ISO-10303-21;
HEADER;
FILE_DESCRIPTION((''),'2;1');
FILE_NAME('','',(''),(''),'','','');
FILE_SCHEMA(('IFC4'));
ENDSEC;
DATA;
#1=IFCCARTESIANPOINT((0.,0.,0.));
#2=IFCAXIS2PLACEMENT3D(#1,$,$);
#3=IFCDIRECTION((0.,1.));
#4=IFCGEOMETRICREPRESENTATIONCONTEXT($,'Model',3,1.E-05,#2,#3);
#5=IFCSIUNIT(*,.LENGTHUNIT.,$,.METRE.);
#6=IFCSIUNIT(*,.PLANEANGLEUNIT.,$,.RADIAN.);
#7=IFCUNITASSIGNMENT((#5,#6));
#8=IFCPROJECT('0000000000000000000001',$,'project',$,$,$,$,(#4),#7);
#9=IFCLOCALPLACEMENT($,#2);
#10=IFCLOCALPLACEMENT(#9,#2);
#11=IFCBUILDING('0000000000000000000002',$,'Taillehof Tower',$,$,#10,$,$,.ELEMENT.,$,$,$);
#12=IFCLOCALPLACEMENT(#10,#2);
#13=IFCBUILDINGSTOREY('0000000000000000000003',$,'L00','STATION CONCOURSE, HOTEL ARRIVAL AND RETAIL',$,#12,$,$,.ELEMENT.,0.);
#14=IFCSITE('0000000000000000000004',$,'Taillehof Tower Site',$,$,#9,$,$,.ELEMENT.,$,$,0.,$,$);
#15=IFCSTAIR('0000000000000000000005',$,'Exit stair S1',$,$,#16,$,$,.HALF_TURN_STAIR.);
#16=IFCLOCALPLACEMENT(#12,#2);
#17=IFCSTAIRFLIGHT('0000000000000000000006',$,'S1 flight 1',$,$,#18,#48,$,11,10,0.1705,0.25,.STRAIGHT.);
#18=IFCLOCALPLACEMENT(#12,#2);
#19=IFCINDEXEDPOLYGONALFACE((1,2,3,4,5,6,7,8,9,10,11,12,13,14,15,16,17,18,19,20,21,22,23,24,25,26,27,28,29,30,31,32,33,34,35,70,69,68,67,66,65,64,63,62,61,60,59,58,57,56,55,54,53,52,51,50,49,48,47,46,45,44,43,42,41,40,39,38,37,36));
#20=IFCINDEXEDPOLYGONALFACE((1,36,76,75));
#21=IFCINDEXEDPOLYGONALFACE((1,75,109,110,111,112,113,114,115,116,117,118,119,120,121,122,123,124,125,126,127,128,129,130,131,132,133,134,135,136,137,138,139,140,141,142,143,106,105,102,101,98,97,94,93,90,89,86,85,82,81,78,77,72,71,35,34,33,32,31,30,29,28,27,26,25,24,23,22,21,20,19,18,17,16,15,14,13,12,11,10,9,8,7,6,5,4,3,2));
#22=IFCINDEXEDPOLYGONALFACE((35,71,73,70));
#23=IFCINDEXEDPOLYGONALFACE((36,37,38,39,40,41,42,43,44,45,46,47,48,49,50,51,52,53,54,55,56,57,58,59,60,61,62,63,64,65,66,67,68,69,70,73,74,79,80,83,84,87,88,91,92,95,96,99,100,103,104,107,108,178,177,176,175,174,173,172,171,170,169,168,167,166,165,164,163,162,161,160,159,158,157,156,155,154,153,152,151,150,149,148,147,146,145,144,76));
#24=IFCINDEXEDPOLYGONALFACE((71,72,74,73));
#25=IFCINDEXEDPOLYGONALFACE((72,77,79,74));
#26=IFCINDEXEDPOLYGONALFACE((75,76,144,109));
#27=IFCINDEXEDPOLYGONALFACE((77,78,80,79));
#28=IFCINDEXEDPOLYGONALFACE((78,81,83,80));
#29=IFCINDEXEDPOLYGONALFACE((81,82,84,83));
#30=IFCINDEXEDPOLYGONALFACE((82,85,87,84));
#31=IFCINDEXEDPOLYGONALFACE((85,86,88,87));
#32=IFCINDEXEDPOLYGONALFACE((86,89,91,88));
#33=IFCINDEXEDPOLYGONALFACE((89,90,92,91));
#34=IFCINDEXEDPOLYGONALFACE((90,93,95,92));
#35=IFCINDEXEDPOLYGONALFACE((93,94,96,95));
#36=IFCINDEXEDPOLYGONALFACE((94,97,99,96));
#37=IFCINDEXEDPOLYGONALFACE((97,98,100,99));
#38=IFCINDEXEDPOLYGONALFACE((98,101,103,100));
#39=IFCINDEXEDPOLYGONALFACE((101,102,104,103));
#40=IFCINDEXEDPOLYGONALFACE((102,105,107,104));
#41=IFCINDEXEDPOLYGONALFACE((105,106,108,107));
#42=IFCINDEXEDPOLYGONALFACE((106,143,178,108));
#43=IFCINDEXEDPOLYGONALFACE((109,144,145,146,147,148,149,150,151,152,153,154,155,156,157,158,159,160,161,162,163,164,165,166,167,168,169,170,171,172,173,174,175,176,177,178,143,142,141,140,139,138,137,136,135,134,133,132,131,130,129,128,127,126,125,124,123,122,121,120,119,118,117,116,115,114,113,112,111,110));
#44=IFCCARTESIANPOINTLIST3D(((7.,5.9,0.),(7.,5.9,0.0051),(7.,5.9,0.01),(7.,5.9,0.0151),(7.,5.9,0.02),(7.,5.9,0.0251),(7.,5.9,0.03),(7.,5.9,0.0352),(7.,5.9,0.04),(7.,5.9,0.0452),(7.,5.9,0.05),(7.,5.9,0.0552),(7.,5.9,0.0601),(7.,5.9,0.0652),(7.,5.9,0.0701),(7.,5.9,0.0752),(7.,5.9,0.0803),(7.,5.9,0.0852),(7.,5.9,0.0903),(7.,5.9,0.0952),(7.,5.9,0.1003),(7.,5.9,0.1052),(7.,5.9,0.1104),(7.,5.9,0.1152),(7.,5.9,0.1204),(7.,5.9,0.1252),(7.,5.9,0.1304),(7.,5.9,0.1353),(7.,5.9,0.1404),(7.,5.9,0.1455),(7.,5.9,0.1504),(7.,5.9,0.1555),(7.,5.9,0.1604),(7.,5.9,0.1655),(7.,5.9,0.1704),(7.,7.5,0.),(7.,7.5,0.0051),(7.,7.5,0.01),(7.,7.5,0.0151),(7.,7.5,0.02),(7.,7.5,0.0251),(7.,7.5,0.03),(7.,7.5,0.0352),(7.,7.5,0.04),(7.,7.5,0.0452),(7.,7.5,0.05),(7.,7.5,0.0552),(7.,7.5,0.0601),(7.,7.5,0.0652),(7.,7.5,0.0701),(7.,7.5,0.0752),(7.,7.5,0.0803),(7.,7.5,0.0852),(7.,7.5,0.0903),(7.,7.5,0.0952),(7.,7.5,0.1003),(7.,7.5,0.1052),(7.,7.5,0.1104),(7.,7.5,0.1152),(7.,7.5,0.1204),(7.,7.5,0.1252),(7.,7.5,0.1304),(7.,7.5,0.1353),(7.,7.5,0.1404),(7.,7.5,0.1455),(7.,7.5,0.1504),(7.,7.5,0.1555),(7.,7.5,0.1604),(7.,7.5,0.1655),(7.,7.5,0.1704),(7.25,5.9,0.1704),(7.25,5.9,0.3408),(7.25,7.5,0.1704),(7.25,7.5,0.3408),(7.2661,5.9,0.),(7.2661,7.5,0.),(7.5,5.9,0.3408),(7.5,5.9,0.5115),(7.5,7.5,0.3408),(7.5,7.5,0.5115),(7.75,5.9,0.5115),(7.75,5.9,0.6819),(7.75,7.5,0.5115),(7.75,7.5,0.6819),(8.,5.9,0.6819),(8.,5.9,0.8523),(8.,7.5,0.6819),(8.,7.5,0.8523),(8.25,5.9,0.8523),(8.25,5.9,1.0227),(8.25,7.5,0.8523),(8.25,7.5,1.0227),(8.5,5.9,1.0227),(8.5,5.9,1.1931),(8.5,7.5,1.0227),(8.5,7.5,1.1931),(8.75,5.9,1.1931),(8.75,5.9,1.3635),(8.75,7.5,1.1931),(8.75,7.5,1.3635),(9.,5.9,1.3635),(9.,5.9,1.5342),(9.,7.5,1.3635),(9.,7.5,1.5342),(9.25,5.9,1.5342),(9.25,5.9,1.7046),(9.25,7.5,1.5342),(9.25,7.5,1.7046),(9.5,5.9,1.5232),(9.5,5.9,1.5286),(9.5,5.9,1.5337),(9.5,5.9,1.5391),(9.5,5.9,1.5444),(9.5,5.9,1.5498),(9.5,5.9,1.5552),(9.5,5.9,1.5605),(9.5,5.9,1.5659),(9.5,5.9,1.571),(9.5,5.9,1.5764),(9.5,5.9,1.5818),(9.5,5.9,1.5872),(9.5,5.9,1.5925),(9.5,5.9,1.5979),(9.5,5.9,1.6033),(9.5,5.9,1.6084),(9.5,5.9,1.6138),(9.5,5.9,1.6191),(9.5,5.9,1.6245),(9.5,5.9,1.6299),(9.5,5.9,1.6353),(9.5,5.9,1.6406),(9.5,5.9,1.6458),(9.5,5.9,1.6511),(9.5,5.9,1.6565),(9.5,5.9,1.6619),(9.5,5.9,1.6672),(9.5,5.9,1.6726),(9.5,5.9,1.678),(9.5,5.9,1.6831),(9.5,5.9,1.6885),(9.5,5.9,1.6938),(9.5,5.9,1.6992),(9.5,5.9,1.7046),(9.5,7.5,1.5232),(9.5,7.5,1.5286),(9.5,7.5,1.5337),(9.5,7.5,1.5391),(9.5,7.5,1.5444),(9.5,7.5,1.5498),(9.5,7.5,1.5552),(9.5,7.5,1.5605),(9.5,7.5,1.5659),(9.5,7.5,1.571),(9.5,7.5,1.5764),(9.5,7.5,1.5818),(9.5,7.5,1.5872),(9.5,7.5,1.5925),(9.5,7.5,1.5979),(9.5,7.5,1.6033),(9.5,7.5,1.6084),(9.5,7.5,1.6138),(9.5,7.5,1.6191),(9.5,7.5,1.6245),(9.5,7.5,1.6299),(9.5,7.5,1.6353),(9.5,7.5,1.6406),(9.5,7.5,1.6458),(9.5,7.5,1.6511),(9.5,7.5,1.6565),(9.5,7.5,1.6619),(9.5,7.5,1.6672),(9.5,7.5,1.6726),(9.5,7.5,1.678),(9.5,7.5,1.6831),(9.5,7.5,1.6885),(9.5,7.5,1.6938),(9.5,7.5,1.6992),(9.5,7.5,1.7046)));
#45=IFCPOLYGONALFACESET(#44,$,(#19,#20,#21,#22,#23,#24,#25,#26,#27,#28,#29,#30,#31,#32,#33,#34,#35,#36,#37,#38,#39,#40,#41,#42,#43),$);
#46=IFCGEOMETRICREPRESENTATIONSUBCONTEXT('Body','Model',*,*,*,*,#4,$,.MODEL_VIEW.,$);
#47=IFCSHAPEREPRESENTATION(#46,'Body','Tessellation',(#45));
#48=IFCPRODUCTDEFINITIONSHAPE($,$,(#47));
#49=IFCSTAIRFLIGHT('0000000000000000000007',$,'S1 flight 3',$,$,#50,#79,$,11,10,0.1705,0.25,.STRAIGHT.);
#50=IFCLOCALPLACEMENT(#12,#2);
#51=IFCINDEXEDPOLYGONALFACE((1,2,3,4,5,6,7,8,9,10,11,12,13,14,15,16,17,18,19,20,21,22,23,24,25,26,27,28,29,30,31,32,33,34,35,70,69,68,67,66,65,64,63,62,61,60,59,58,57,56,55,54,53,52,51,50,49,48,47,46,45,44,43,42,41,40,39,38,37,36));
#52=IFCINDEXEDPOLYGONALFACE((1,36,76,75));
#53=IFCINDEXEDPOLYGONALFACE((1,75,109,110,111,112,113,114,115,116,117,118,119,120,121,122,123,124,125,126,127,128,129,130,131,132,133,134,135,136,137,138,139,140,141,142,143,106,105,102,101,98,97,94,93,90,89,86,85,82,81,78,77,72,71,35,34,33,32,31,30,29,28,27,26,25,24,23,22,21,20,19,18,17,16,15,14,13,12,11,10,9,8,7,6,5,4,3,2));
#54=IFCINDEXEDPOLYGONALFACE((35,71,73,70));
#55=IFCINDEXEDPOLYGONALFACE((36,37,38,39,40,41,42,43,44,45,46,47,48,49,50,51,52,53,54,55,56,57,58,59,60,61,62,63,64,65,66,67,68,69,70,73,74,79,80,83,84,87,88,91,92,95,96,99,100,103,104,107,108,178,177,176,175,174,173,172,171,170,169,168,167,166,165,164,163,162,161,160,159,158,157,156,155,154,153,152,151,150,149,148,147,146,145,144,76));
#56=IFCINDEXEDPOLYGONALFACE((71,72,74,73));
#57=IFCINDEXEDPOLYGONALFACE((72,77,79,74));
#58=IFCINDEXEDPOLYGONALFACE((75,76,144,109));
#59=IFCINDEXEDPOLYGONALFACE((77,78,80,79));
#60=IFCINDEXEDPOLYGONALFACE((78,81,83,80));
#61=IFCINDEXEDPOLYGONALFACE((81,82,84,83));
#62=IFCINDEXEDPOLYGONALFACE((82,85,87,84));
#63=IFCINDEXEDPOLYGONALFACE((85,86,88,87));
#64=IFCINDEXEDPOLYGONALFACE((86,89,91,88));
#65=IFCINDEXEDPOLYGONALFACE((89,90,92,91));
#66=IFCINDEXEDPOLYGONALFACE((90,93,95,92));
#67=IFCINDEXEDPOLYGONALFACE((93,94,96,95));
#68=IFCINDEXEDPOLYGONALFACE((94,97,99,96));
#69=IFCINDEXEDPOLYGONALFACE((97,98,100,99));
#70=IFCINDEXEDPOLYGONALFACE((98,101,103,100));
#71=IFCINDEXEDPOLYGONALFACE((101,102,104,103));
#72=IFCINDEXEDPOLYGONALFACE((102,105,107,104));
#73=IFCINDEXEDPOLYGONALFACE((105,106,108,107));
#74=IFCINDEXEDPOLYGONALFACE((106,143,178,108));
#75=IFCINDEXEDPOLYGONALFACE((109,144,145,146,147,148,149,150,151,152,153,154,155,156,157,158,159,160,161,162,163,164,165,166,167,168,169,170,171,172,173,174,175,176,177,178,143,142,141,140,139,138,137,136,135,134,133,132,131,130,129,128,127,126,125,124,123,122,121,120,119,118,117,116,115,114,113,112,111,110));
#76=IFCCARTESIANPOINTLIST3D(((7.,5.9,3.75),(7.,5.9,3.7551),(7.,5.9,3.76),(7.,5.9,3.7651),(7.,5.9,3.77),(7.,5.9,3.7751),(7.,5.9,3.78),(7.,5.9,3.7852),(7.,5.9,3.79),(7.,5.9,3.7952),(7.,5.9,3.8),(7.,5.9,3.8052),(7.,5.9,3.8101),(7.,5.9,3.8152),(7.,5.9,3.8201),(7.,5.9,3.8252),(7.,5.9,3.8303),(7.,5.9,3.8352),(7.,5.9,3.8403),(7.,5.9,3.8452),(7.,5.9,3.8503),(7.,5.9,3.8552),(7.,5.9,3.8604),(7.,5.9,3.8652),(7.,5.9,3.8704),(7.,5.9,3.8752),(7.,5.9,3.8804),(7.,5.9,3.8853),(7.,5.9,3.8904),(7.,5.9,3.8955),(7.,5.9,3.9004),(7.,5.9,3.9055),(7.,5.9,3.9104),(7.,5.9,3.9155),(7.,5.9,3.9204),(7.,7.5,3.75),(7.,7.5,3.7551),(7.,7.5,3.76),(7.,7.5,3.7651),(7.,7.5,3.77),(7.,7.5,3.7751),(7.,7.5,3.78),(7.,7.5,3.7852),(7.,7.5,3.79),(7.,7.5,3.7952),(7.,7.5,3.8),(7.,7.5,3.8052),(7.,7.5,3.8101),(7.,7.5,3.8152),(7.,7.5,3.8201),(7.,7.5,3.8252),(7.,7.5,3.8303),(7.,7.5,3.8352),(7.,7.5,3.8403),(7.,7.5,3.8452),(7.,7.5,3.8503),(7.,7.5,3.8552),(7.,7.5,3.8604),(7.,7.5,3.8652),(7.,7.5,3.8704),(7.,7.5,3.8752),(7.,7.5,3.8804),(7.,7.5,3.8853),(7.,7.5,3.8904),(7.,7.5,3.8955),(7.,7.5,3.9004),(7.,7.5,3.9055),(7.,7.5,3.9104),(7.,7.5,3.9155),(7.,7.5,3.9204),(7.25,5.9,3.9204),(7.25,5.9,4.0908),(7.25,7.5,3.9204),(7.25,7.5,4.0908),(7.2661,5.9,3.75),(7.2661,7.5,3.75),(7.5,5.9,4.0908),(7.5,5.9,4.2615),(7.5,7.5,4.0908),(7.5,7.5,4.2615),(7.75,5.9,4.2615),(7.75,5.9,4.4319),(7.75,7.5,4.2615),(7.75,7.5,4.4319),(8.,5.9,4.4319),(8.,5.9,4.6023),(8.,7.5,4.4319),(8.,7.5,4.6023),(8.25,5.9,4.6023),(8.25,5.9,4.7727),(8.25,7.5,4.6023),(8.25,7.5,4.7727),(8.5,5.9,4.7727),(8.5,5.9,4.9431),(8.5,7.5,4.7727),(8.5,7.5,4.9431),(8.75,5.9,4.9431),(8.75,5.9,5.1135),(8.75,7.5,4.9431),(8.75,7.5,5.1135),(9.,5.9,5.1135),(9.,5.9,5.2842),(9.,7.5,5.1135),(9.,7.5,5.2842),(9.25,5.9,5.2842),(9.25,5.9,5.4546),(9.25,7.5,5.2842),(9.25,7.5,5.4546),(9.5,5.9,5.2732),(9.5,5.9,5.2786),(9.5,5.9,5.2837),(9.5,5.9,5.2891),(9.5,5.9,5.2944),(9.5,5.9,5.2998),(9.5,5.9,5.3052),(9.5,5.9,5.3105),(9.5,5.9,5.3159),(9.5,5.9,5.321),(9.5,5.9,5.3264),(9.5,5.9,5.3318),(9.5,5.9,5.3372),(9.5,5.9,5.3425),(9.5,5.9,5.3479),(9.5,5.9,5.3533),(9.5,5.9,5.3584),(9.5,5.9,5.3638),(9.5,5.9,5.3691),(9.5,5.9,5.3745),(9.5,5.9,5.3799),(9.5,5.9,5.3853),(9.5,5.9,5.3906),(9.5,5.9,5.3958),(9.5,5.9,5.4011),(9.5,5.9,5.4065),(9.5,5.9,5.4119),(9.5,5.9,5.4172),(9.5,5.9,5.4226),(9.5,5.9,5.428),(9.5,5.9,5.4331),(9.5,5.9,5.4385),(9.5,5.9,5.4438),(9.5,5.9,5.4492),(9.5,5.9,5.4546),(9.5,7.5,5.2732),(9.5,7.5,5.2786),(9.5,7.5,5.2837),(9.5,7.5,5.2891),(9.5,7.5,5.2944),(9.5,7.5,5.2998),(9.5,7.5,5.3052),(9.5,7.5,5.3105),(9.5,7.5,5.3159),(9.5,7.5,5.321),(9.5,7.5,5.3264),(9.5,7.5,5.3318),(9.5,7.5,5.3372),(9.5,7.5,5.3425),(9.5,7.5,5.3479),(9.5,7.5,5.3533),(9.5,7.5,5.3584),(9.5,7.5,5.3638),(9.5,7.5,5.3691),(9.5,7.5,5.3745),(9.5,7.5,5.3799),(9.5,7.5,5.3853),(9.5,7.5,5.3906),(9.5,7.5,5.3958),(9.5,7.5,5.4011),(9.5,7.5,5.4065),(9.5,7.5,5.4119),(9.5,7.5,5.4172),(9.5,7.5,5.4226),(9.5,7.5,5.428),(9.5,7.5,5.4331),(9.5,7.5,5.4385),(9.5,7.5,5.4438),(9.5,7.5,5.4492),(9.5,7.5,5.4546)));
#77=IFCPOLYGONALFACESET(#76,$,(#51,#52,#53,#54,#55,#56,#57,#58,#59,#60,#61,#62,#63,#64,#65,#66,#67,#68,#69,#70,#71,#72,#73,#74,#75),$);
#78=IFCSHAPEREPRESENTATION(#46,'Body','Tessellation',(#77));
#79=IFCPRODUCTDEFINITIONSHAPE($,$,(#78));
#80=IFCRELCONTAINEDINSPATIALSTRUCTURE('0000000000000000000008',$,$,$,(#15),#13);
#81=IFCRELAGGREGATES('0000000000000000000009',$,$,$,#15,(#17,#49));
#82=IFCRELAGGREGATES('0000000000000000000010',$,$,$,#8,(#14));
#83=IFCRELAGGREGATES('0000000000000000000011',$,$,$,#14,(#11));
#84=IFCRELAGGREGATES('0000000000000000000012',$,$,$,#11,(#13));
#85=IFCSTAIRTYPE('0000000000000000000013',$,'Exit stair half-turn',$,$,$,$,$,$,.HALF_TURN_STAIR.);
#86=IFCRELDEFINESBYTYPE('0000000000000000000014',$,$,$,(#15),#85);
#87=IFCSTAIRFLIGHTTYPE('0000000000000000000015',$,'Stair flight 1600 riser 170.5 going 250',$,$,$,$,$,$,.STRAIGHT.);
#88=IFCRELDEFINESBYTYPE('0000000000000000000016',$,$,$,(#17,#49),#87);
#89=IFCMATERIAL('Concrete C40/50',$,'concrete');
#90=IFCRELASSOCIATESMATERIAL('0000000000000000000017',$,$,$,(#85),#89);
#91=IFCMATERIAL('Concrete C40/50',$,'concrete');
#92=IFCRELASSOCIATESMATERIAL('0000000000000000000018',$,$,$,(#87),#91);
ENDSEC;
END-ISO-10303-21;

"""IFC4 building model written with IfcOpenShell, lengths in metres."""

from ifc_helpers import new_model, si_unit, direction, frame, origin, place, context, subcontext, project, spatial, polyline, outline, extrude, material, type_object, element, aggregate, save


model = new_model("IFC4")

# Units and contexts
model_context = context("Model", 3, precision=1e-05, world=origin(), true_north=direction((0.0, 1.0)))
body_context = subcontext(model_context, "Body", "Model", "MODEL_VIEW")
ifc_project = project(units=[si_unit("LENGTHUNIT", "METRE"), si_unit("PLANEANGLEUNIT", "RADIAN")], contexts=[model_context])

# Site, building, storey
site_placement = place(None, origin())
site = spatial("IfcSite", under=ifc_project, at=site_placement, Name="Taillehof Tower Site", CompositionType="ELEMENT", RefElevation=0.0)
building_placement = place(site_placement, origin())
building = spatial("IfcBuilding", under=site, at=building_placement, Name="Taillehof Tower", CompositionType="ELEMENT")
storey_placement = place(building_placement, origin())
storey = spatial("IfcBuildingStorey", under=building, at=storey_placement, Name="L00", Description="STATION CONCOURSE, HOTEL ARRIVAL AND RETAIL", CompositionType="ELEMENT", Elevation=0.0)

# Stair, stair flights
ifc_material_1 = material(Name="Concrete C40/50", Category="concrete")
stair_type_1 = type_object("IfcStairType", Name="Exit stair half-turn", PredefinedType="HALF_TURN_STAIR", material=ifc_material_1)
stair_1_placement = place(storey_placement, origin())
stair_1 = element("IfcStair", 1, at=stair_1_placement, inside=storey, type_object=stair_type_1, Name="Exit stair S1", PredefinedType="HALF_TURN_STAIR")
ifc_material_2 = material(Name="Concrete C40/50", Category="concrete")
stair_flight_type = type_object("IfcStairFlightType", Name="Stair flight 1600 riser 170.5 going 250", PredefinedType="STRAIGHT", material=ifc_material_2)
stair_flight_1_placement = place(storey_placement, frame((7.0, 6.7, 0.0), z_axis=(0.0, 0.0, 1.0), x_axis=(1.0, 0.0, 0.0)))
stair_flight_1 = element("IfcStairFlight", 2, at=stair_flight_1_placement, type_object=stair_flight_type, Name="S1 flight 1", NumberOfRisers=11, NumberOfTreads=10, PredefinedType="STRAIGHT", RiserHeight=0.1705, TreadLength=0.25, context=body_context, shape_type="SweptSolid", body=[
    extrude(outline(polyline([(0.0, 0.0), (0.0, 0.0051), (0.0, 0.01), (0.0, 0.0151), (0.0, 0.02), (0.0, 0.0251), (0.0, 0.03), (0.0, 0.0352), (0.0, 0.04), (0.0, 0.0452), (0.0, 0.05), (0.0, 0.0552), (0.0, 0.0601), (0.0, 0.0652), (0.0, 0.0701), (0.0, 0.0752), (0.0, 0.0803), (0.0, 0.0852), (0.0, 0.0903), (0.0, 0.0952), (0.0, 0.1003), (0.0, 0.1052), (0.0, 0.1104), (0.0, 0.1152), (0.0, 0.1204), (0.0, 0.1252), (0.0, 0.1304), (0.0, 0.1353), (0.0, 0.1404), (0.0, 0.1455), (0.0, 0.1504), (0.0, 0.1555), (0.0, 0.1604), (0.0, 0.1655), (0.0, 0.1704), (0.25, 0.1704), (0.25, 0.3408), (0.5, 0.3408), (0.5, 0.5115), (0.75, 0.5115), (0.75, 0.6819), (1.0, 0.6819), (1.0, 0.8523), (1.25, 0.8523), (1.25, 1.0227), (1.5, 1.0227), (1.5, 1.1931), (1.75, 1.1931), (1.75, 1.3635), (2.0, 1.3635), (2.0, 1.5342), (2.25, 1.5342), (2.25, 1.7046), (2.5, 1.7046), (2.5, 1.6992), (2.5, 1.6938), (2.5, 1.6885), (2.5, 1.6831), (2.5, 1.678), (2.5, 1.6726), (2.5, 1.6672), (2.5, 1.6619), (2.5, 1.6565), (2.5, 1.6511), (2.5, 1.6458), (2.5, 1.6406), (2.5, 1.6353), (2.5, 1.6299), (2.5, 1.6245), (2.5, 1.6191), (2.5, 1.6138), (2.5, 1.6084), (2.5, 1.6033), (2.5, 1.5979), (2.5, 1.5925), (2.5, 1.5872), (2.5, 1.5818), (2.5, 1.5764), (2.5, 1.571), (2.5, 1.5659), (2.5, 1.5605), (2.5, 1.5552), (2.5, 1.5498), (2.5, 1.5444), (2.5, 1.5391), (2.5, 1.5337), (2.5, 1.5286), (2.5, 1.5232), (0.2661, 0.0), (0.0, 0.0)])), frame((0.0, 0.8, 0.0), z_axis=(0.0, -1.0, 0.0), x_axis=(1.0, 0.0, 0.0)), (0.0, 0.0, 1.0), 1.6),
])
stair_flight_2_placement = place(storey_placement, frame((7.0, 6.7, 3.75), z_axis=(0.0, 0.0, 1.0), x_axis=(1.0, 0.0, 0.0)))
stair_flight_2 = element("IfcStairFlight", 3, at=stair_flight_2_placement, type_object=stair_flight_type, Name="S1 flight 3", NumberOfRisers=11, NumberOfTreads=10, PredefinedType="STRAIGHT", RiserHeight=0.1705, TreadLength=0.25, context=body_context, shape_type="SweptSolid", body=[
    extrude(outline(polyline([(0.0, 0.0), (0.0, 0.0051), (0.0, 0.01), (0.0, 0.0151), (0.0, 0.02), (0.0, 0.0251), (0.0, 0.03), (0.0, 0.0352), (0.0, 0.04), (0.0, 0.0452), (0.0, 0.05), (0.0, 0.0552), (0.0, 0.0601), (0.0, 0.0652), (0.0, 0.0701), (0.0, 0.0752), (0.0, 0.0803), (0.0, 0.0852), (0.0, 0.0903), (0.0, 0.0952), (0.0, 0.1003), (0.0, 0.1052), (0.0, 0.1104), (0.0, 0.1152), (0.0, 0.1204), (0.0, 0.1252), (0.0, 0.1304), (0.0, 0.1353), (0.0, 0.1404), (0.0, 0.1455), (0.0, 0.1504), (0.0, 0.1555), (0.0, 0.1604), (0.0, 0.1655), (0.0, 0.1704), (0.25, 0.1704), (0.25, 0.3408), (0.5, 0.3408), (0.5, 0.5115), (0.75, 0.5115), (0.75, 0.6819), (1.0, 0.6819), (1.0, 0.8523), (1.25, 0.8523), (1.25, 1.0227), (1.5, 1.0227), (1.5, 1.1931), (1.75, 1.1931), (1.75, 1.3635), (2.0, 1.3635), (2.0, 1.5342), (2.25, 1.5342), (2.25, 1.7046), (2.5, 1.7046), (2.5, 1.6992), (2.5, 1.6938), (2.5, 1.6885), (2.5, 1.6831), (2.5, 1.678), (2.5, 1.6726), (2.5, 1.6672), (2.5, 1.6619), (2.5, 1.6565), (2.5, 1.6511), (2.5, 1.6458), (2.5, 1.6406), (2.5, 1.6353), (2.5, 1.6299), (2.5, 1.6245), (2.5, 1.6191), (2.5, 1.6138), (2.5, 1.6084), (2.5, 1.6033), (2.5, 1.5979), (2.5, 1.5925), (2.5, 1.5872), (2.5, 1.5818), (2.5, 1.5764), (2.5, 1.571), (2.5, 1.5659), (2.5, 1.5605), (2.5, 1.5552), (2.5, 1.5498), (2.5, 1.5444), (2.5, 1.5391), (2.5, 1.5337), (2.5, 1.5286), (2.5, 1.5232), (0.2661, 0.0), (0.0, 0.0)])), frame((0.0, 0.8, 0.0), z_axis=(0.0, -1.0, 0.0), x_axis=(1.0, 0.0, 0.0)), (0.0, 0.0, 1.0), 1.6),
])
aggregate(stair_1, [stair_flight_1, stair_flight_2])

save(model, "model.ifc")
